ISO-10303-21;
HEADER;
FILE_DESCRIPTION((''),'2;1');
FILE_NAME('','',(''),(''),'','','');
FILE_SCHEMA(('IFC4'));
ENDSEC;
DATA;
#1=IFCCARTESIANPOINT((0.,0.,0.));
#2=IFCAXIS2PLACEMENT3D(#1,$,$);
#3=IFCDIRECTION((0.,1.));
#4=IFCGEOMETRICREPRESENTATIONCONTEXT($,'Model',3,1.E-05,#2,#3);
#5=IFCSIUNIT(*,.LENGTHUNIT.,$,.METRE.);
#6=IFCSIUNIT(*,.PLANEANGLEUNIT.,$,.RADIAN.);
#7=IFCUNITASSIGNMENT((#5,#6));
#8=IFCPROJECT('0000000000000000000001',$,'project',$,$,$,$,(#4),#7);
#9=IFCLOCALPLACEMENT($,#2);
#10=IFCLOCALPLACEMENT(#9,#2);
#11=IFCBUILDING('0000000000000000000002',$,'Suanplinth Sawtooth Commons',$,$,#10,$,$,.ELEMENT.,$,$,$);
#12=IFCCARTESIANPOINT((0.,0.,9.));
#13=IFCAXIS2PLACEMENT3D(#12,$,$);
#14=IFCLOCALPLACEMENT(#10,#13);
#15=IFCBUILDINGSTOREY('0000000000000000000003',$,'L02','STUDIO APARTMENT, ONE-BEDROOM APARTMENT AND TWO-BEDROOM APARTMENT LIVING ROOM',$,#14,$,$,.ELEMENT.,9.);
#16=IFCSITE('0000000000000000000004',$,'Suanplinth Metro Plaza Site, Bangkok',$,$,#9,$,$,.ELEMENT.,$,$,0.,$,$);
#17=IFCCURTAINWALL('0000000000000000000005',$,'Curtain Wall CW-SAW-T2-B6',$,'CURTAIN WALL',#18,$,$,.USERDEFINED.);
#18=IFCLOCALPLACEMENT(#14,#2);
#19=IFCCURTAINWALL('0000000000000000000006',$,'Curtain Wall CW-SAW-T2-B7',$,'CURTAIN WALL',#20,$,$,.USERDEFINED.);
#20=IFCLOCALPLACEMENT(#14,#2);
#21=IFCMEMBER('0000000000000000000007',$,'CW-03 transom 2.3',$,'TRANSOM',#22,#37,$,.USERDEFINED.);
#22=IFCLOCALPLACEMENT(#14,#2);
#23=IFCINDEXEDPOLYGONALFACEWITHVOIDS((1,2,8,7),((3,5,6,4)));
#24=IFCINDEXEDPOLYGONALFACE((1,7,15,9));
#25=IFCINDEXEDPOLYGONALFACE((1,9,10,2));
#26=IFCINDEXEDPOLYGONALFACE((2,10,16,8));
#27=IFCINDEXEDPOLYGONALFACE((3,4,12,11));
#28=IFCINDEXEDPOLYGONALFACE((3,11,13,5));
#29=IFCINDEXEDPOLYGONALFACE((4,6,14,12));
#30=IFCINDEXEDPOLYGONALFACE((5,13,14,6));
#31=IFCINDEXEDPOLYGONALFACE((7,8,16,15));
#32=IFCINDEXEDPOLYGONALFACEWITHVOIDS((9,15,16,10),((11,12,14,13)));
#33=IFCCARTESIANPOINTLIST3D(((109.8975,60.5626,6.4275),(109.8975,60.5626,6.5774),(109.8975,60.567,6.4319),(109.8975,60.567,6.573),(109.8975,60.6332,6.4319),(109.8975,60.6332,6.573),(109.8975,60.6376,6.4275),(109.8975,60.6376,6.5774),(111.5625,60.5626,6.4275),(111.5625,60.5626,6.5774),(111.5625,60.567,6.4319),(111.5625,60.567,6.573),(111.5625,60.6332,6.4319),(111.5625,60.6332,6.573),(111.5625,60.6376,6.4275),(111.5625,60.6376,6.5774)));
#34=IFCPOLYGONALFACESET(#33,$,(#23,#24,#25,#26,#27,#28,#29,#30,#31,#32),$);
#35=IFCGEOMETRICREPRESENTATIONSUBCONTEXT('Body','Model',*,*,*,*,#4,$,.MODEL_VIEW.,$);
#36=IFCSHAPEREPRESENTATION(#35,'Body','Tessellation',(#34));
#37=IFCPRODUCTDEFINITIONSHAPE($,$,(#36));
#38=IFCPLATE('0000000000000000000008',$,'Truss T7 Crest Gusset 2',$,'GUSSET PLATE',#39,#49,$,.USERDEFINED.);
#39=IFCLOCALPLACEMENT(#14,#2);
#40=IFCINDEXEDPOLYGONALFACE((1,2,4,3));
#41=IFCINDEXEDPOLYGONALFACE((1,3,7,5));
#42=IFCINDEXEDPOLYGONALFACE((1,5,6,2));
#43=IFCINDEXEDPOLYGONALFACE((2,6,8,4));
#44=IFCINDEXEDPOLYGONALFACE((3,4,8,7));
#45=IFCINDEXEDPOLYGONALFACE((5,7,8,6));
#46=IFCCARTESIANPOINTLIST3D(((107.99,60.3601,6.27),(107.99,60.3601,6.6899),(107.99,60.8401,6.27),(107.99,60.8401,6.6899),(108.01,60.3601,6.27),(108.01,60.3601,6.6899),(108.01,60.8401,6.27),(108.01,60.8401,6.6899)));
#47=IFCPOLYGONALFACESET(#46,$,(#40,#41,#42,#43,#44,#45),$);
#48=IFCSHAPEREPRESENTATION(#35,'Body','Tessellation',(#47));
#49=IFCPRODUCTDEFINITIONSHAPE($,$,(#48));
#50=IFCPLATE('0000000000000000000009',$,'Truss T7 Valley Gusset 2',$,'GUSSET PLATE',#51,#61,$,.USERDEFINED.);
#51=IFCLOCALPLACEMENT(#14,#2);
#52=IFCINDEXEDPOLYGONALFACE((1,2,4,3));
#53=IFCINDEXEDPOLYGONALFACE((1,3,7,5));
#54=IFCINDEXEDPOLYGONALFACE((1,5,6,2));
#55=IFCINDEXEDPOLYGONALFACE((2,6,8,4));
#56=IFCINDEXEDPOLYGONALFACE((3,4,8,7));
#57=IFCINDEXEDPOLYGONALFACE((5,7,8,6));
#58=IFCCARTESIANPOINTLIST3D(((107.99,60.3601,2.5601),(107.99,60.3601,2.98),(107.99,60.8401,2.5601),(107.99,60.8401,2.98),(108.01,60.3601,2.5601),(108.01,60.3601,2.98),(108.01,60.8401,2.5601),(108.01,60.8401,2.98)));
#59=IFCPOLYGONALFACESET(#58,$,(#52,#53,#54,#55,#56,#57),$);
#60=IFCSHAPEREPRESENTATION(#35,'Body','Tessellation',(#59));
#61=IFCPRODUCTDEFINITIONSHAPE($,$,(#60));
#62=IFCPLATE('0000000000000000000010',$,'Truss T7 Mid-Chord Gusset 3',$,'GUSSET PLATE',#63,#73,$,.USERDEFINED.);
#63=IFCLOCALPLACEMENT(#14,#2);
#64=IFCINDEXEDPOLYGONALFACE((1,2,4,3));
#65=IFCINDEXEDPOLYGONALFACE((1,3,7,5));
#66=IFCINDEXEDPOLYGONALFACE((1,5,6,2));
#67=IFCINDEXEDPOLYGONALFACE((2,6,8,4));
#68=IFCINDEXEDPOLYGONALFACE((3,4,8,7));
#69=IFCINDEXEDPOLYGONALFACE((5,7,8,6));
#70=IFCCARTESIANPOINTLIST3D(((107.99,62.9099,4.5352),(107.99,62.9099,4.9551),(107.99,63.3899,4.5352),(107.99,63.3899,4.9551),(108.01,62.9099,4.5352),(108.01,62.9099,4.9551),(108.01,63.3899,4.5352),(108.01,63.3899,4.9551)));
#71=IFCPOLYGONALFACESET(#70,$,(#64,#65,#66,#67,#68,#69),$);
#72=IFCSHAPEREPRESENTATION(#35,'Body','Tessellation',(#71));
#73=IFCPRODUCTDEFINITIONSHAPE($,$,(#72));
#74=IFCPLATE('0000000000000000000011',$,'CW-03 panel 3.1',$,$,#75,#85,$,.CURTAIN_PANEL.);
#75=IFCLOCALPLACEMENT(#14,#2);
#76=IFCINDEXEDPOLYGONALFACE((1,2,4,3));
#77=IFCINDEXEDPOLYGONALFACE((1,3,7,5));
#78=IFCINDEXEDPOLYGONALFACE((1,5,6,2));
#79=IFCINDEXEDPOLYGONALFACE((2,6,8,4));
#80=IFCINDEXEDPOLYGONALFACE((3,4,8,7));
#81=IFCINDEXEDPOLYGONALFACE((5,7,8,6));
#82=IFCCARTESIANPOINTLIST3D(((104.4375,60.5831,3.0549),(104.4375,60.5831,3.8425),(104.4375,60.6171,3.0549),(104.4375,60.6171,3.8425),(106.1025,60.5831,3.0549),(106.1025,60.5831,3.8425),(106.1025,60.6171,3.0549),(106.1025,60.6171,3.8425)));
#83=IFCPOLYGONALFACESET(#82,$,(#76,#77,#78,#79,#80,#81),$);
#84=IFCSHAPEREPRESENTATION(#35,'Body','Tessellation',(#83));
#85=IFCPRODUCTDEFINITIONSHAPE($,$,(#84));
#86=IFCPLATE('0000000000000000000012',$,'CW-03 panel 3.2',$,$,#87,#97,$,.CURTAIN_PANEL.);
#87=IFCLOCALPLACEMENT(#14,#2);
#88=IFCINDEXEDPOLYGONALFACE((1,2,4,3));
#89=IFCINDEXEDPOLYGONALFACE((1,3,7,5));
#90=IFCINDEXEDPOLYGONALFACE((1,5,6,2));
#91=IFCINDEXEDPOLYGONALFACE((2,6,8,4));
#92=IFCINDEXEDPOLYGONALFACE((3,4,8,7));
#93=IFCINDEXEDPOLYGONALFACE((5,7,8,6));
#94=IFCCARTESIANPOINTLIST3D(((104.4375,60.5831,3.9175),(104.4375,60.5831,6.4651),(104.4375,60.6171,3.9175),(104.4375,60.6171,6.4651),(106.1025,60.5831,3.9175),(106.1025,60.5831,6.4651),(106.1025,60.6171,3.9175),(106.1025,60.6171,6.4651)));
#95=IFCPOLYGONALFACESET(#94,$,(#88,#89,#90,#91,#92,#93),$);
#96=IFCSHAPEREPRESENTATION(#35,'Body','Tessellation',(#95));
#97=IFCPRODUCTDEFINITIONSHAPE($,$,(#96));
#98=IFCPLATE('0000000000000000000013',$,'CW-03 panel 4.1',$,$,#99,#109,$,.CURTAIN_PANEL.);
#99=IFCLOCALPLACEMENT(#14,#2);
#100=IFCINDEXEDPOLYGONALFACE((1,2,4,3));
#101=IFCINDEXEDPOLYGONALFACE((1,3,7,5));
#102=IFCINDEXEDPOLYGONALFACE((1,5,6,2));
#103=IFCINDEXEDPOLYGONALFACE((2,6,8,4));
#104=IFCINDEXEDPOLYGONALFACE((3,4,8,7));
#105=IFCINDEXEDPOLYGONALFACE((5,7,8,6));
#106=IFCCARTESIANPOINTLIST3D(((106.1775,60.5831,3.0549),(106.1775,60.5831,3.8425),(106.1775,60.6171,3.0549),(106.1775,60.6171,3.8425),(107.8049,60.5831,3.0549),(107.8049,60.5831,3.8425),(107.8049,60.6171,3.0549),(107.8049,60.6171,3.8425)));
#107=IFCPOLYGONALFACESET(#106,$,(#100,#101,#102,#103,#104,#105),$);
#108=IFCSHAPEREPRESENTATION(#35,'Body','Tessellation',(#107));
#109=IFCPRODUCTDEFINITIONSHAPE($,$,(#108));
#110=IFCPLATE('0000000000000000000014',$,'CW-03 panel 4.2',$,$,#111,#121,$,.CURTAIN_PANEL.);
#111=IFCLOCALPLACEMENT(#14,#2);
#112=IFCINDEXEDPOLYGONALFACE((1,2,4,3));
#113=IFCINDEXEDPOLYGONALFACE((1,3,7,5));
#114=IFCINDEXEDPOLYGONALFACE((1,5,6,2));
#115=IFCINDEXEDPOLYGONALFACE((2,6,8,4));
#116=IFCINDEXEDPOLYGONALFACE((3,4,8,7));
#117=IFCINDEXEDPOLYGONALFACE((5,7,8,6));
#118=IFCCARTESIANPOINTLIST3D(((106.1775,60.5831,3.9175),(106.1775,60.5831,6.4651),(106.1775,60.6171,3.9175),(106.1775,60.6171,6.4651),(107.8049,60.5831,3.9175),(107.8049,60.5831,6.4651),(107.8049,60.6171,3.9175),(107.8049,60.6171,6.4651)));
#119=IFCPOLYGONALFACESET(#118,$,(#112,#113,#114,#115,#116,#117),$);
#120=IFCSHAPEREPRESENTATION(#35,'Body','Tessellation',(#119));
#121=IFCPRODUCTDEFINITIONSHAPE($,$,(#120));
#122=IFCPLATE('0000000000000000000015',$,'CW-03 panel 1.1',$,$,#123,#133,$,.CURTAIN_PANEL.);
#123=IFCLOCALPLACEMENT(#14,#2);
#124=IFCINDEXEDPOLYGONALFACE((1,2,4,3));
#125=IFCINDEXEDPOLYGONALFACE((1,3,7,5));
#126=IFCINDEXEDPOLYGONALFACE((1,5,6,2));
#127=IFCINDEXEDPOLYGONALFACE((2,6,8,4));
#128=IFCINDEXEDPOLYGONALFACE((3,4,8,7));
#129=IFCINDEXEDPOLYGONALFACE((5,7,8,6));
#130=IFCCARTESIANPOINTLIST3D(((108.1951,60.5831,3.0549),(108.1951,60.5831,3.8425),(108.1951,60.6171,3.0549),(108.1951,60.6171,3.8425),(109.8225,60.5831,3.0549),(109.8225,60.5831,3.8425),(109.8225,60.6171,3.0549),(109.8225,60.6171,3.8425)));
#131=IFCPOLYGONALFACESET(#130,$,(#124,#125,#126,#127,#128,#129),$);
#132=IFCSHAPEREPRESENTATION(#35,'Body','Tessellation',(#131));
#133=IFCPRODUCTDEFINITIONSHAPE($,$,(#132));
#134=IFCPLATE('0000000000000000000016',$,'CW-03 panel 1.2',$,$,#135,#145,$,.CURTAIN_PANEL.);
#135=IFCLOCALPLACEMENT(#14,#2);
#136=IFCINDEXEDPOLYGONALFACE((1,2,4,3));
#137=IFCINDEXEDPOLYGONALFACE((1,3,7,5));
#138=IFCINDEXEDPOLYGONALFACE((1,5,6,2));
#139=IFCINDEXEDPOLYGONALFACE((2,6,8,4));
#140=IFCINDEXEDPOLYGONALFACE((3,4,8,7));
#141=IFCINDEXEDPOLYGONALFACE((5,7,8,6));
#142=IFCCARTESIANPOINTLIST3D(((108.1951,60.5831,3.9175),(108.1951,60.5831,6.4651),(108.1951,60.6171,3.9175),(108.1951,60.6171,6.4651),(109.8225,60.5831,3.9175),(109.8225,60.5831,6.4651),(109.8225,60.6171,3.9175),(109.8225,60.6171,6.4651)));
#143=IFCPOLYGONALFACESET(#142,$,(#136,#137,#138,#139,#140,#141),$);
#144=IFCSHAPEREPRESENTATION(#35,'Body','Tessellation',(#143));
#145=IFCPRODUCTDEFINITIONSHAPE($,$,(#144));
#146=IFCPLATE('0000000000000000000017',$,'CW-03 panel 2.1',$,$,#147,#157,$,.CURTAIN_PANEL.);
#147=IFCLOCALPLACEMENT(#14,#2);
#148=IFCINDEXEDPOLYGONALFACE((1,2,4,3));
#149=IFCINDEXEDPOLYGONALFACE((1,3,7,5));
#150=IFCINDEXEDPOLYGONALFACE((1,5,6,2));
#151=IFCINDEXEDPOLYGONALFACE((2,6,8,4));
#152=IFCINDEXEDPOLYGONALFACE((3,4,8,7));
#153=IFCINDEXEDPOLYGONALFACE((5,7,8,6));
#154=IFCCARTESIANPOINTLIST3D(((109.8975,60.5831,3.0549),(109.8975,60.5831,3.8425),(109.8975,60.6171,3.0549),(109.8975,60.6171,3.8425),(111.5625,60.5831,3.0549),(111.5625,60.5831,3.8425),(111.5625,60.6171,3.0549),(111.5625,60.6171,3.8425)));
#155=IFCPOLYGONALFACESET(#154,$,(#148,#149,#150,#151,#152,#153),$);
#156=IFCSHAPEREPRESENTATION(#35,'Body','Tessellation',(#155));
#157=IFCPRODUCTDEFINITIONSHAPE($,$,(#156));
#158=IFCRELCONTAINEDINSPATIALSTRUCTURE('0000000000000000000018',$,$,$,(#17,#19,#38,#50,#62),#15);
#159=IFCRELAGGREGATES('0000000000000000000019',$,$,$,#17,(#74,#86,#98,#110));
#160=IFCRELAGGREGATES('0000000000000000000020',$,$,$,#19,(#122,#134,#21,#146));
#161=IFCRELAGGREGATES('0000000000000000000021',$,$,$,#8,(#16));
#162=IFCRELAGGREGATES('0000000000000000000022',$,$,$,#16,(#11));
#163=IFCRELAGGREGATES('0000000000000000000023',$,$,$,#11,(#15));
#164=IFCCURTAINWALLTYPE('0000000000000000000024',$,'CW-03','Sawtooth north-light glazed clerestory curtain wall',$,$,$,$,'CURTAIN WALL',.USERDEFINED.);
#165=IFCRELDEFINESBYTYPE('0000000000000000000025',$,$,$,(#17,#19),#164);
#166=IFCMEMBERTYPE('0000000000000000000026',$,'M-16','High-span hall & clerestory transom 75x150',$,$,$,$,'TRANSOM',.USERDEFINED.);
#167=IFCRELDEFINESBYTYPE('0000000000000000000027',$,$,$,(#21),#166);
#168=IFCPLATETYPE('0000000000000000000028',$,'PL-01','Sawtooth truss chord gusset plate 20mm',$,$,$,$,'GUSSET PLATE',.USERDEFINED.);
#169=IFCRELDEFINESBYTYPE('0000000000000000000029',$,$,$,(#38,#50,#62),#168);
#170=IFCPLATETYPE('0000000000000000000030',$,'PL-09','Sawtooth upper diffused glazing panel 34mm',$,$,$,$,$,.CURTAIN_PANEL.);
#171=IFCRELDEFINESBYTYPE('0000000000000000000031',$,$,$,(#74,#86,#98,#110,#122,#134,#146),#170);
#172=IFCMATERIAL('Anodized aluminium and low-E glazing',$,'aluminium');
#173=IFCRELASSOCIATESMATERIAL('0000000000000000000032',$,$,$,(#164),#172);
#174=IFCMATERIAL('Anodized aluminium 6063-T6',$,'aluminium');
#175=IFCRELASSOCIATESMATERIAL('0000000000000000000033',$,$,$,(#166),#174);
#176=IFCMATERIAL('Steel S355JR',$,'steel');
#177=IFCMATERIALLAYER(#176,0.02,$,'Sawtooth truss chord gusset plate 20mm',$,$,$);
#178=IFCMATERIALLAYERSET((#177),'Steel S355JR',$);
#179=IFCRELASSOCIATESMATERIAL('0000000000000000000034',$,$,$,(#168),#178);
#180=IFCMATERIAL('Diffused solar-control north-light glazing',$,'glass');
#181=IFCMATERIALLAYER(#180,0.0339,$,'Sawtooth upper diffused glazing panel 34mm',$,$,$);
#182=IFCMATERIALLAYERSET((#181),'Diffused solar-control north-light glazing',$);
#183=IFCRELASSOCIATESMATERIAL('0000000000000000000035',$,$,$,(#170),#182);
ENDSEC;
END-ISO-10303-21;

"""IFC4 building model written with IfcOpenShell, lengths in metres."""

from ifc_helpers import new_model, si_unit, direction, frame, origin, origin_2d, place, context, subcontext, project, spatial, rectangle, hollow_rectangle, extrude, material, layer, layer_set, material_profile, profile_set, type_object, element, aggregate, save


model = new_model("IFC4")

# Units and contexts
model_context = context("Model", 3, precision=1e-05, world=origin(), true_north=direction((0.0, 1.0)))
body_context = subcontext(model_context, "Body", "Model", "MODEL_VIEW")
ifc_project = project(units=[si_unit("LENGTHUNIT", "METRE"), si_unit("PLANEANGLEUNIT", "RADIAN")], contexts=[model_context])

# Site, building, storey
site_placement = place(None, origin())
site = spatial("IfcSite", under=ifc_project, at=site_placement, Name="Suanplinth Metro Plaza Site, Bangkok", CompositionType="ELEMENT", RefElevation=0.0)
building_placement = place(site_placement, origin())
building = spatial("IfcBuilding", under=site, at=building_placement, Name="Suanplinth Sawtooth Commons", CompositionType="ELEMENT")
storey_placement = place(building_placement, frame((0.0, 0.0, 9.0)))
storey = spatial("IfcBuildingStorey", under=building, at=storey_placement, Name="L02", Description="STUDIO APARTMENT, ONE-BEDROOM APARTMENT AND TWO-BEDROOM APARTMENT LIVING ROOM", CompositionType="ELEMENT", Elevation=9.0)

# Shared definitions
ifc_material_1 = material(Name="Steel S355JR", Category="steel")

# Curtain walls
ifc_material_2 = material(Name="Anodized aluminium and low-E glazing", Category="aluminium")
curtain_wall_type = type_object("IfcCurtainWallType", Name="CW-03", Description="Sawtooth north-light glazed clerestory curtain wall", ElementType="CURTAIN WALL", PredefinedType="USERDEFINED", material=ifc_material_2)
curtain_wall_1_placement = place(storey_placement, origin())
curtain_wall_1 = element("IfcCurtainWall", 1, at=curtain_wall_1_placement, inside=storey, type_object=curtain_wall_type, Name="Curtain Wall CW-SAW-T2-B6", ObjectType="CURTAIN WALL", PredefinedType="USERDEFINED")
ifc_material_3 = material(Name="Anodized aluminium 6063-T6", Category="aluminium")
curtain_wall_2_placement = place(storey_placement, origin())
curtain_wall_2 = element("IfcCurtainWall", 2, at=curtain_wall_2_placement, inside=storey, type_object=curtain_wall_type, Name="Curtain Wall CW-SAW-T2-B7", ObjectType="CURTAIN WALL", PredefinedType="USERDEFINED")

# Member
ifc_material_profile_1 = material_profile(ifc_material_3, hollow_rectangle(XDim=0.075, YDim=0.1499, WallThickness=0.0044, at=origin_2d()), Name="ALU-TRN 75x150")
ifc_profile_set_1 = profile_set([ifc_material_profile_1], Name="Anodized aluminium 6063-T6")
member_type_1 = type_object("IfcMemberType", Name="M-16", Description="High-span hall & clerestory transom 75x150", ElementType="TRANSOM", PredefinedType="USERDEFINED", material=ifc_profile_set_1)
member_1_placement = place(storey_placement, frame((109.8975, 60.6001, 6.5024), z_axis=(1.0, 0.0, 0.0), x_axis=(0.0, 1.0, 0.0)))
member_1 = element("IfcMember", 3, at=member_1_placement, type_object=member_type_1, Name="CW-03 transom 2.3", ObjectType="TRANSOM", PredefinedType="USERDEFINED", context=body_context, shape_type="SweptSolid", body=[
    extrude(hollow_rectangle(XDim=0.075, YDim=0.1499, WallThickness=0.0044, at=origin_2d()), origin(), (0.0, 0.0, 1.0), 1.665),
])

# Plates
ifc_layer_1 = layer(ifc_material_1, 0.02, Name="Sawtooth truss chord gusset plate 20mm")
ifc_layer_set_1 = layer_set([ifc_layer_1], Name="Steel S355JR")
plate_type_1 = type_object("IfcPlateType", Name="PL-01", Description="Sawtooth truss chord gusset plate 20mm", ElementType="GUSSET PLATE", PredefinedType="USERDEFINED", material=ifc_layer_set_1)
for number, where, z_axis, x_axis, name in (
    (4, (108.0, 60.6001, 6.27), (0.0, 0.0, 1.0), (1.0, 0.0, 0.0), "Truss T7 Crest Gusset 2"),
    (5, (108.0, 60.6001, 2.5601), (0.0, 0.0, 1.0), (1.0, 0.0, 0.0), "Truss T7 Valley Gusset 2"),
    (6, (108.0, 63.1499, 4.5352), (0.0, 0.0, 1.0), (1.0, 0.0, 0.0), "Truss T7 Mid-Chord Gusset 3"),
):
    element("IfcPlate", number, at=place(storey_placement, frame(where, z_axis=z_axis, x_axis=x_axis)), inside=storey, type_object=plate_type_1, Name=name, ObjectType="GUSSET PLATE", PredefinedType="USERDEFINED", context=body_context, shape_type="SweptSolid", body=[
        extrude(rectangle(XDim=0.02, YDim=0.48, at=origin_2d()), origin(), (0.0, 0.0, 1.0), 0.4199),
    ])

# Plates
ifc_material_4 = material(Name="Diffused solar-control north-light glazing", Category="glass")
ifc_layer_2 = layer(ifc_material_4, 0.0339, Name="Sawtooth upper diffused glazing panel 34mm")
ifc_layer_set_2 = layer_set([ifc_layer_2], Name="Diffused solar-control north-light glazing")
plate_type_2 = type_object("IfcPlateType", Name="PL-09", Description="Sawtooth upper diffused glazing panel 34mm", PredefinedType="CURTAIN_PANEL", material=ifc_layer_set_2)
plate_1_placement = place(storey_placement, frame((105.27, 60.6001, 3.0549), z_axis=(0.0, 0.0, 1.0), x_axis=(1.0, 0.0, 0.0)))
plate_1 = element("IfcPlate", 7, at=plate_1_placement, type_object=plate_type_2, Name="CW-03 panel 3.1", PredefinedType="CURTAIN_PANEL", context=body_context, shape_type="SweptSolid", body=[
    extrude(rectangle(XDim=1.665, YDim=0.0339, at=origin_2d()), origin(), (0.0, 0.0, 1.0), 0.7876),
])
plate_2_placement = place(storey_placement, frame((105.27, 60.6001, 3.9175), z_axis=(0.0, 0.0, 1.0), x_axis=(1.0, 0.0, 0.0)))
plate_2 = element("IfcPlate", 8, at=plate_2_placement, type_object=plate_type_2, Name="CW-03 panel 3.2", PredefinedType="CURTAIN_PANEL", context=body_context, shape_type="SweptSolid", body=[
    extrude(rectangle(XDim=1.665, YDim=0.0339, at=origin_2d()), origin(), (0.0, 0.0, 1.0), 2.5476),
])
plate_3_placement = place(storey_placement, frame((106.9912, 60.6001, 3.0549), z_axis=(0.0, 0.0, 1.0), x_axis=(1.0, 0.0, 0.0)))
plate_3 = element("IfcPlate", 9, at=plate_3_placement, type_object=plate_type_2, Name="CW-03 panel 4.1", PredefinedType="CURTAIN_PANEL", context=body_context, shape_type="SweptSolid", body=[
    extrude(rectangle(XDim=1.6274, YDim=0.0339, at=origin_2d()), origin(), (0.0, 0.0, 1.0), 0.7876),
])
plate_4_placement = place(storey_placement, frame((106.9912, 60.6001, 3.9175), z_axis=(0.0, 0.0, 1.0), x_axis=(1.0, 0.0, 0.0)))
plate_4 = element("IfcPlate", 10, at=plate_4_placement, type_object=plate_type_2, Name="CW-03 panel 4.2", PredefinedType="CURTAIN_PANEL", context=body_context, shape_type="SweptSolid", body=[
    extrude(rectangle(XDim=1.6274, YDim=0.0339, at=origin_2d()), origin(), (0.0, 0.0, 1.0), 2.5476),
])
aggregate(curtain_wall_1, [plate_1, plate_2, plate_3, plate_4])
plate_5_placement = place(storey_placement, frame((109.0088, 60.6001, 3.0549), z_axis=(0.0, 0.0, 1.0), x_axis=(1.0, 0.0, 0.0)))
plate_5 = element("IfcPlate", 11, at=plate_5_placement, type_object=plate_type_2, Name="CW-03 panel 1.1", PredefinedType="CURTAIN_PANEL", context=body_context, shape_type="SweptSolid", body=[
    extrude(rectangle(XDim=1.6274, YDim=0.0339, at=origin_2d()), origin(), (0.0, 0.0, 1.0), 0.7876),
])
plate_6_placement = place(storey_placement, frame((109.0088, 60.6001, 3.9175), z_axis=(0.0, 0.0, 1.0), x_axis=(1.0, 0.0, 0.0)))
plate_6 = element("IfcPlate", 12, at=plate_6_placement, type_object=plate_type_2, Name="CW-03 panel 1.2", PredefinedType="CURTAIN_PANEL", context=body_context, shape_type="SweptSolid", body=[
    extrude(rectangle(XDim=1.6274, YDim=0.0339, at=origin_2d()), origin(), (0.0, 0.0, 1.0), 2.5476),
])
plate_7_placement = place(storey_placement, frame((110.73, 60.6001, 3.0549), z_axis=(0.0, 0.0, 1.0), x_axis=(1.0, 0.0, 0.0)))
plate_7 = element("IfcPlate", 13, at=plate_7_placement, type_object=plate_type_2, Name="CW-03 panel 2.1", PredefinedType="CURTAIN_PANEL", context=body_context, shape_type="SweptSolid", body=[
    extrude(rectangle(XDim=1.665, YDim=0.0339, at=origin_2d()), origin(), (0.0, 0.0, 1.0), 0.7876),
])
aggregate(curtain_wall_2, [plate_5, plate_6, member_1, plate_7])

save(model, "model.ifc")
